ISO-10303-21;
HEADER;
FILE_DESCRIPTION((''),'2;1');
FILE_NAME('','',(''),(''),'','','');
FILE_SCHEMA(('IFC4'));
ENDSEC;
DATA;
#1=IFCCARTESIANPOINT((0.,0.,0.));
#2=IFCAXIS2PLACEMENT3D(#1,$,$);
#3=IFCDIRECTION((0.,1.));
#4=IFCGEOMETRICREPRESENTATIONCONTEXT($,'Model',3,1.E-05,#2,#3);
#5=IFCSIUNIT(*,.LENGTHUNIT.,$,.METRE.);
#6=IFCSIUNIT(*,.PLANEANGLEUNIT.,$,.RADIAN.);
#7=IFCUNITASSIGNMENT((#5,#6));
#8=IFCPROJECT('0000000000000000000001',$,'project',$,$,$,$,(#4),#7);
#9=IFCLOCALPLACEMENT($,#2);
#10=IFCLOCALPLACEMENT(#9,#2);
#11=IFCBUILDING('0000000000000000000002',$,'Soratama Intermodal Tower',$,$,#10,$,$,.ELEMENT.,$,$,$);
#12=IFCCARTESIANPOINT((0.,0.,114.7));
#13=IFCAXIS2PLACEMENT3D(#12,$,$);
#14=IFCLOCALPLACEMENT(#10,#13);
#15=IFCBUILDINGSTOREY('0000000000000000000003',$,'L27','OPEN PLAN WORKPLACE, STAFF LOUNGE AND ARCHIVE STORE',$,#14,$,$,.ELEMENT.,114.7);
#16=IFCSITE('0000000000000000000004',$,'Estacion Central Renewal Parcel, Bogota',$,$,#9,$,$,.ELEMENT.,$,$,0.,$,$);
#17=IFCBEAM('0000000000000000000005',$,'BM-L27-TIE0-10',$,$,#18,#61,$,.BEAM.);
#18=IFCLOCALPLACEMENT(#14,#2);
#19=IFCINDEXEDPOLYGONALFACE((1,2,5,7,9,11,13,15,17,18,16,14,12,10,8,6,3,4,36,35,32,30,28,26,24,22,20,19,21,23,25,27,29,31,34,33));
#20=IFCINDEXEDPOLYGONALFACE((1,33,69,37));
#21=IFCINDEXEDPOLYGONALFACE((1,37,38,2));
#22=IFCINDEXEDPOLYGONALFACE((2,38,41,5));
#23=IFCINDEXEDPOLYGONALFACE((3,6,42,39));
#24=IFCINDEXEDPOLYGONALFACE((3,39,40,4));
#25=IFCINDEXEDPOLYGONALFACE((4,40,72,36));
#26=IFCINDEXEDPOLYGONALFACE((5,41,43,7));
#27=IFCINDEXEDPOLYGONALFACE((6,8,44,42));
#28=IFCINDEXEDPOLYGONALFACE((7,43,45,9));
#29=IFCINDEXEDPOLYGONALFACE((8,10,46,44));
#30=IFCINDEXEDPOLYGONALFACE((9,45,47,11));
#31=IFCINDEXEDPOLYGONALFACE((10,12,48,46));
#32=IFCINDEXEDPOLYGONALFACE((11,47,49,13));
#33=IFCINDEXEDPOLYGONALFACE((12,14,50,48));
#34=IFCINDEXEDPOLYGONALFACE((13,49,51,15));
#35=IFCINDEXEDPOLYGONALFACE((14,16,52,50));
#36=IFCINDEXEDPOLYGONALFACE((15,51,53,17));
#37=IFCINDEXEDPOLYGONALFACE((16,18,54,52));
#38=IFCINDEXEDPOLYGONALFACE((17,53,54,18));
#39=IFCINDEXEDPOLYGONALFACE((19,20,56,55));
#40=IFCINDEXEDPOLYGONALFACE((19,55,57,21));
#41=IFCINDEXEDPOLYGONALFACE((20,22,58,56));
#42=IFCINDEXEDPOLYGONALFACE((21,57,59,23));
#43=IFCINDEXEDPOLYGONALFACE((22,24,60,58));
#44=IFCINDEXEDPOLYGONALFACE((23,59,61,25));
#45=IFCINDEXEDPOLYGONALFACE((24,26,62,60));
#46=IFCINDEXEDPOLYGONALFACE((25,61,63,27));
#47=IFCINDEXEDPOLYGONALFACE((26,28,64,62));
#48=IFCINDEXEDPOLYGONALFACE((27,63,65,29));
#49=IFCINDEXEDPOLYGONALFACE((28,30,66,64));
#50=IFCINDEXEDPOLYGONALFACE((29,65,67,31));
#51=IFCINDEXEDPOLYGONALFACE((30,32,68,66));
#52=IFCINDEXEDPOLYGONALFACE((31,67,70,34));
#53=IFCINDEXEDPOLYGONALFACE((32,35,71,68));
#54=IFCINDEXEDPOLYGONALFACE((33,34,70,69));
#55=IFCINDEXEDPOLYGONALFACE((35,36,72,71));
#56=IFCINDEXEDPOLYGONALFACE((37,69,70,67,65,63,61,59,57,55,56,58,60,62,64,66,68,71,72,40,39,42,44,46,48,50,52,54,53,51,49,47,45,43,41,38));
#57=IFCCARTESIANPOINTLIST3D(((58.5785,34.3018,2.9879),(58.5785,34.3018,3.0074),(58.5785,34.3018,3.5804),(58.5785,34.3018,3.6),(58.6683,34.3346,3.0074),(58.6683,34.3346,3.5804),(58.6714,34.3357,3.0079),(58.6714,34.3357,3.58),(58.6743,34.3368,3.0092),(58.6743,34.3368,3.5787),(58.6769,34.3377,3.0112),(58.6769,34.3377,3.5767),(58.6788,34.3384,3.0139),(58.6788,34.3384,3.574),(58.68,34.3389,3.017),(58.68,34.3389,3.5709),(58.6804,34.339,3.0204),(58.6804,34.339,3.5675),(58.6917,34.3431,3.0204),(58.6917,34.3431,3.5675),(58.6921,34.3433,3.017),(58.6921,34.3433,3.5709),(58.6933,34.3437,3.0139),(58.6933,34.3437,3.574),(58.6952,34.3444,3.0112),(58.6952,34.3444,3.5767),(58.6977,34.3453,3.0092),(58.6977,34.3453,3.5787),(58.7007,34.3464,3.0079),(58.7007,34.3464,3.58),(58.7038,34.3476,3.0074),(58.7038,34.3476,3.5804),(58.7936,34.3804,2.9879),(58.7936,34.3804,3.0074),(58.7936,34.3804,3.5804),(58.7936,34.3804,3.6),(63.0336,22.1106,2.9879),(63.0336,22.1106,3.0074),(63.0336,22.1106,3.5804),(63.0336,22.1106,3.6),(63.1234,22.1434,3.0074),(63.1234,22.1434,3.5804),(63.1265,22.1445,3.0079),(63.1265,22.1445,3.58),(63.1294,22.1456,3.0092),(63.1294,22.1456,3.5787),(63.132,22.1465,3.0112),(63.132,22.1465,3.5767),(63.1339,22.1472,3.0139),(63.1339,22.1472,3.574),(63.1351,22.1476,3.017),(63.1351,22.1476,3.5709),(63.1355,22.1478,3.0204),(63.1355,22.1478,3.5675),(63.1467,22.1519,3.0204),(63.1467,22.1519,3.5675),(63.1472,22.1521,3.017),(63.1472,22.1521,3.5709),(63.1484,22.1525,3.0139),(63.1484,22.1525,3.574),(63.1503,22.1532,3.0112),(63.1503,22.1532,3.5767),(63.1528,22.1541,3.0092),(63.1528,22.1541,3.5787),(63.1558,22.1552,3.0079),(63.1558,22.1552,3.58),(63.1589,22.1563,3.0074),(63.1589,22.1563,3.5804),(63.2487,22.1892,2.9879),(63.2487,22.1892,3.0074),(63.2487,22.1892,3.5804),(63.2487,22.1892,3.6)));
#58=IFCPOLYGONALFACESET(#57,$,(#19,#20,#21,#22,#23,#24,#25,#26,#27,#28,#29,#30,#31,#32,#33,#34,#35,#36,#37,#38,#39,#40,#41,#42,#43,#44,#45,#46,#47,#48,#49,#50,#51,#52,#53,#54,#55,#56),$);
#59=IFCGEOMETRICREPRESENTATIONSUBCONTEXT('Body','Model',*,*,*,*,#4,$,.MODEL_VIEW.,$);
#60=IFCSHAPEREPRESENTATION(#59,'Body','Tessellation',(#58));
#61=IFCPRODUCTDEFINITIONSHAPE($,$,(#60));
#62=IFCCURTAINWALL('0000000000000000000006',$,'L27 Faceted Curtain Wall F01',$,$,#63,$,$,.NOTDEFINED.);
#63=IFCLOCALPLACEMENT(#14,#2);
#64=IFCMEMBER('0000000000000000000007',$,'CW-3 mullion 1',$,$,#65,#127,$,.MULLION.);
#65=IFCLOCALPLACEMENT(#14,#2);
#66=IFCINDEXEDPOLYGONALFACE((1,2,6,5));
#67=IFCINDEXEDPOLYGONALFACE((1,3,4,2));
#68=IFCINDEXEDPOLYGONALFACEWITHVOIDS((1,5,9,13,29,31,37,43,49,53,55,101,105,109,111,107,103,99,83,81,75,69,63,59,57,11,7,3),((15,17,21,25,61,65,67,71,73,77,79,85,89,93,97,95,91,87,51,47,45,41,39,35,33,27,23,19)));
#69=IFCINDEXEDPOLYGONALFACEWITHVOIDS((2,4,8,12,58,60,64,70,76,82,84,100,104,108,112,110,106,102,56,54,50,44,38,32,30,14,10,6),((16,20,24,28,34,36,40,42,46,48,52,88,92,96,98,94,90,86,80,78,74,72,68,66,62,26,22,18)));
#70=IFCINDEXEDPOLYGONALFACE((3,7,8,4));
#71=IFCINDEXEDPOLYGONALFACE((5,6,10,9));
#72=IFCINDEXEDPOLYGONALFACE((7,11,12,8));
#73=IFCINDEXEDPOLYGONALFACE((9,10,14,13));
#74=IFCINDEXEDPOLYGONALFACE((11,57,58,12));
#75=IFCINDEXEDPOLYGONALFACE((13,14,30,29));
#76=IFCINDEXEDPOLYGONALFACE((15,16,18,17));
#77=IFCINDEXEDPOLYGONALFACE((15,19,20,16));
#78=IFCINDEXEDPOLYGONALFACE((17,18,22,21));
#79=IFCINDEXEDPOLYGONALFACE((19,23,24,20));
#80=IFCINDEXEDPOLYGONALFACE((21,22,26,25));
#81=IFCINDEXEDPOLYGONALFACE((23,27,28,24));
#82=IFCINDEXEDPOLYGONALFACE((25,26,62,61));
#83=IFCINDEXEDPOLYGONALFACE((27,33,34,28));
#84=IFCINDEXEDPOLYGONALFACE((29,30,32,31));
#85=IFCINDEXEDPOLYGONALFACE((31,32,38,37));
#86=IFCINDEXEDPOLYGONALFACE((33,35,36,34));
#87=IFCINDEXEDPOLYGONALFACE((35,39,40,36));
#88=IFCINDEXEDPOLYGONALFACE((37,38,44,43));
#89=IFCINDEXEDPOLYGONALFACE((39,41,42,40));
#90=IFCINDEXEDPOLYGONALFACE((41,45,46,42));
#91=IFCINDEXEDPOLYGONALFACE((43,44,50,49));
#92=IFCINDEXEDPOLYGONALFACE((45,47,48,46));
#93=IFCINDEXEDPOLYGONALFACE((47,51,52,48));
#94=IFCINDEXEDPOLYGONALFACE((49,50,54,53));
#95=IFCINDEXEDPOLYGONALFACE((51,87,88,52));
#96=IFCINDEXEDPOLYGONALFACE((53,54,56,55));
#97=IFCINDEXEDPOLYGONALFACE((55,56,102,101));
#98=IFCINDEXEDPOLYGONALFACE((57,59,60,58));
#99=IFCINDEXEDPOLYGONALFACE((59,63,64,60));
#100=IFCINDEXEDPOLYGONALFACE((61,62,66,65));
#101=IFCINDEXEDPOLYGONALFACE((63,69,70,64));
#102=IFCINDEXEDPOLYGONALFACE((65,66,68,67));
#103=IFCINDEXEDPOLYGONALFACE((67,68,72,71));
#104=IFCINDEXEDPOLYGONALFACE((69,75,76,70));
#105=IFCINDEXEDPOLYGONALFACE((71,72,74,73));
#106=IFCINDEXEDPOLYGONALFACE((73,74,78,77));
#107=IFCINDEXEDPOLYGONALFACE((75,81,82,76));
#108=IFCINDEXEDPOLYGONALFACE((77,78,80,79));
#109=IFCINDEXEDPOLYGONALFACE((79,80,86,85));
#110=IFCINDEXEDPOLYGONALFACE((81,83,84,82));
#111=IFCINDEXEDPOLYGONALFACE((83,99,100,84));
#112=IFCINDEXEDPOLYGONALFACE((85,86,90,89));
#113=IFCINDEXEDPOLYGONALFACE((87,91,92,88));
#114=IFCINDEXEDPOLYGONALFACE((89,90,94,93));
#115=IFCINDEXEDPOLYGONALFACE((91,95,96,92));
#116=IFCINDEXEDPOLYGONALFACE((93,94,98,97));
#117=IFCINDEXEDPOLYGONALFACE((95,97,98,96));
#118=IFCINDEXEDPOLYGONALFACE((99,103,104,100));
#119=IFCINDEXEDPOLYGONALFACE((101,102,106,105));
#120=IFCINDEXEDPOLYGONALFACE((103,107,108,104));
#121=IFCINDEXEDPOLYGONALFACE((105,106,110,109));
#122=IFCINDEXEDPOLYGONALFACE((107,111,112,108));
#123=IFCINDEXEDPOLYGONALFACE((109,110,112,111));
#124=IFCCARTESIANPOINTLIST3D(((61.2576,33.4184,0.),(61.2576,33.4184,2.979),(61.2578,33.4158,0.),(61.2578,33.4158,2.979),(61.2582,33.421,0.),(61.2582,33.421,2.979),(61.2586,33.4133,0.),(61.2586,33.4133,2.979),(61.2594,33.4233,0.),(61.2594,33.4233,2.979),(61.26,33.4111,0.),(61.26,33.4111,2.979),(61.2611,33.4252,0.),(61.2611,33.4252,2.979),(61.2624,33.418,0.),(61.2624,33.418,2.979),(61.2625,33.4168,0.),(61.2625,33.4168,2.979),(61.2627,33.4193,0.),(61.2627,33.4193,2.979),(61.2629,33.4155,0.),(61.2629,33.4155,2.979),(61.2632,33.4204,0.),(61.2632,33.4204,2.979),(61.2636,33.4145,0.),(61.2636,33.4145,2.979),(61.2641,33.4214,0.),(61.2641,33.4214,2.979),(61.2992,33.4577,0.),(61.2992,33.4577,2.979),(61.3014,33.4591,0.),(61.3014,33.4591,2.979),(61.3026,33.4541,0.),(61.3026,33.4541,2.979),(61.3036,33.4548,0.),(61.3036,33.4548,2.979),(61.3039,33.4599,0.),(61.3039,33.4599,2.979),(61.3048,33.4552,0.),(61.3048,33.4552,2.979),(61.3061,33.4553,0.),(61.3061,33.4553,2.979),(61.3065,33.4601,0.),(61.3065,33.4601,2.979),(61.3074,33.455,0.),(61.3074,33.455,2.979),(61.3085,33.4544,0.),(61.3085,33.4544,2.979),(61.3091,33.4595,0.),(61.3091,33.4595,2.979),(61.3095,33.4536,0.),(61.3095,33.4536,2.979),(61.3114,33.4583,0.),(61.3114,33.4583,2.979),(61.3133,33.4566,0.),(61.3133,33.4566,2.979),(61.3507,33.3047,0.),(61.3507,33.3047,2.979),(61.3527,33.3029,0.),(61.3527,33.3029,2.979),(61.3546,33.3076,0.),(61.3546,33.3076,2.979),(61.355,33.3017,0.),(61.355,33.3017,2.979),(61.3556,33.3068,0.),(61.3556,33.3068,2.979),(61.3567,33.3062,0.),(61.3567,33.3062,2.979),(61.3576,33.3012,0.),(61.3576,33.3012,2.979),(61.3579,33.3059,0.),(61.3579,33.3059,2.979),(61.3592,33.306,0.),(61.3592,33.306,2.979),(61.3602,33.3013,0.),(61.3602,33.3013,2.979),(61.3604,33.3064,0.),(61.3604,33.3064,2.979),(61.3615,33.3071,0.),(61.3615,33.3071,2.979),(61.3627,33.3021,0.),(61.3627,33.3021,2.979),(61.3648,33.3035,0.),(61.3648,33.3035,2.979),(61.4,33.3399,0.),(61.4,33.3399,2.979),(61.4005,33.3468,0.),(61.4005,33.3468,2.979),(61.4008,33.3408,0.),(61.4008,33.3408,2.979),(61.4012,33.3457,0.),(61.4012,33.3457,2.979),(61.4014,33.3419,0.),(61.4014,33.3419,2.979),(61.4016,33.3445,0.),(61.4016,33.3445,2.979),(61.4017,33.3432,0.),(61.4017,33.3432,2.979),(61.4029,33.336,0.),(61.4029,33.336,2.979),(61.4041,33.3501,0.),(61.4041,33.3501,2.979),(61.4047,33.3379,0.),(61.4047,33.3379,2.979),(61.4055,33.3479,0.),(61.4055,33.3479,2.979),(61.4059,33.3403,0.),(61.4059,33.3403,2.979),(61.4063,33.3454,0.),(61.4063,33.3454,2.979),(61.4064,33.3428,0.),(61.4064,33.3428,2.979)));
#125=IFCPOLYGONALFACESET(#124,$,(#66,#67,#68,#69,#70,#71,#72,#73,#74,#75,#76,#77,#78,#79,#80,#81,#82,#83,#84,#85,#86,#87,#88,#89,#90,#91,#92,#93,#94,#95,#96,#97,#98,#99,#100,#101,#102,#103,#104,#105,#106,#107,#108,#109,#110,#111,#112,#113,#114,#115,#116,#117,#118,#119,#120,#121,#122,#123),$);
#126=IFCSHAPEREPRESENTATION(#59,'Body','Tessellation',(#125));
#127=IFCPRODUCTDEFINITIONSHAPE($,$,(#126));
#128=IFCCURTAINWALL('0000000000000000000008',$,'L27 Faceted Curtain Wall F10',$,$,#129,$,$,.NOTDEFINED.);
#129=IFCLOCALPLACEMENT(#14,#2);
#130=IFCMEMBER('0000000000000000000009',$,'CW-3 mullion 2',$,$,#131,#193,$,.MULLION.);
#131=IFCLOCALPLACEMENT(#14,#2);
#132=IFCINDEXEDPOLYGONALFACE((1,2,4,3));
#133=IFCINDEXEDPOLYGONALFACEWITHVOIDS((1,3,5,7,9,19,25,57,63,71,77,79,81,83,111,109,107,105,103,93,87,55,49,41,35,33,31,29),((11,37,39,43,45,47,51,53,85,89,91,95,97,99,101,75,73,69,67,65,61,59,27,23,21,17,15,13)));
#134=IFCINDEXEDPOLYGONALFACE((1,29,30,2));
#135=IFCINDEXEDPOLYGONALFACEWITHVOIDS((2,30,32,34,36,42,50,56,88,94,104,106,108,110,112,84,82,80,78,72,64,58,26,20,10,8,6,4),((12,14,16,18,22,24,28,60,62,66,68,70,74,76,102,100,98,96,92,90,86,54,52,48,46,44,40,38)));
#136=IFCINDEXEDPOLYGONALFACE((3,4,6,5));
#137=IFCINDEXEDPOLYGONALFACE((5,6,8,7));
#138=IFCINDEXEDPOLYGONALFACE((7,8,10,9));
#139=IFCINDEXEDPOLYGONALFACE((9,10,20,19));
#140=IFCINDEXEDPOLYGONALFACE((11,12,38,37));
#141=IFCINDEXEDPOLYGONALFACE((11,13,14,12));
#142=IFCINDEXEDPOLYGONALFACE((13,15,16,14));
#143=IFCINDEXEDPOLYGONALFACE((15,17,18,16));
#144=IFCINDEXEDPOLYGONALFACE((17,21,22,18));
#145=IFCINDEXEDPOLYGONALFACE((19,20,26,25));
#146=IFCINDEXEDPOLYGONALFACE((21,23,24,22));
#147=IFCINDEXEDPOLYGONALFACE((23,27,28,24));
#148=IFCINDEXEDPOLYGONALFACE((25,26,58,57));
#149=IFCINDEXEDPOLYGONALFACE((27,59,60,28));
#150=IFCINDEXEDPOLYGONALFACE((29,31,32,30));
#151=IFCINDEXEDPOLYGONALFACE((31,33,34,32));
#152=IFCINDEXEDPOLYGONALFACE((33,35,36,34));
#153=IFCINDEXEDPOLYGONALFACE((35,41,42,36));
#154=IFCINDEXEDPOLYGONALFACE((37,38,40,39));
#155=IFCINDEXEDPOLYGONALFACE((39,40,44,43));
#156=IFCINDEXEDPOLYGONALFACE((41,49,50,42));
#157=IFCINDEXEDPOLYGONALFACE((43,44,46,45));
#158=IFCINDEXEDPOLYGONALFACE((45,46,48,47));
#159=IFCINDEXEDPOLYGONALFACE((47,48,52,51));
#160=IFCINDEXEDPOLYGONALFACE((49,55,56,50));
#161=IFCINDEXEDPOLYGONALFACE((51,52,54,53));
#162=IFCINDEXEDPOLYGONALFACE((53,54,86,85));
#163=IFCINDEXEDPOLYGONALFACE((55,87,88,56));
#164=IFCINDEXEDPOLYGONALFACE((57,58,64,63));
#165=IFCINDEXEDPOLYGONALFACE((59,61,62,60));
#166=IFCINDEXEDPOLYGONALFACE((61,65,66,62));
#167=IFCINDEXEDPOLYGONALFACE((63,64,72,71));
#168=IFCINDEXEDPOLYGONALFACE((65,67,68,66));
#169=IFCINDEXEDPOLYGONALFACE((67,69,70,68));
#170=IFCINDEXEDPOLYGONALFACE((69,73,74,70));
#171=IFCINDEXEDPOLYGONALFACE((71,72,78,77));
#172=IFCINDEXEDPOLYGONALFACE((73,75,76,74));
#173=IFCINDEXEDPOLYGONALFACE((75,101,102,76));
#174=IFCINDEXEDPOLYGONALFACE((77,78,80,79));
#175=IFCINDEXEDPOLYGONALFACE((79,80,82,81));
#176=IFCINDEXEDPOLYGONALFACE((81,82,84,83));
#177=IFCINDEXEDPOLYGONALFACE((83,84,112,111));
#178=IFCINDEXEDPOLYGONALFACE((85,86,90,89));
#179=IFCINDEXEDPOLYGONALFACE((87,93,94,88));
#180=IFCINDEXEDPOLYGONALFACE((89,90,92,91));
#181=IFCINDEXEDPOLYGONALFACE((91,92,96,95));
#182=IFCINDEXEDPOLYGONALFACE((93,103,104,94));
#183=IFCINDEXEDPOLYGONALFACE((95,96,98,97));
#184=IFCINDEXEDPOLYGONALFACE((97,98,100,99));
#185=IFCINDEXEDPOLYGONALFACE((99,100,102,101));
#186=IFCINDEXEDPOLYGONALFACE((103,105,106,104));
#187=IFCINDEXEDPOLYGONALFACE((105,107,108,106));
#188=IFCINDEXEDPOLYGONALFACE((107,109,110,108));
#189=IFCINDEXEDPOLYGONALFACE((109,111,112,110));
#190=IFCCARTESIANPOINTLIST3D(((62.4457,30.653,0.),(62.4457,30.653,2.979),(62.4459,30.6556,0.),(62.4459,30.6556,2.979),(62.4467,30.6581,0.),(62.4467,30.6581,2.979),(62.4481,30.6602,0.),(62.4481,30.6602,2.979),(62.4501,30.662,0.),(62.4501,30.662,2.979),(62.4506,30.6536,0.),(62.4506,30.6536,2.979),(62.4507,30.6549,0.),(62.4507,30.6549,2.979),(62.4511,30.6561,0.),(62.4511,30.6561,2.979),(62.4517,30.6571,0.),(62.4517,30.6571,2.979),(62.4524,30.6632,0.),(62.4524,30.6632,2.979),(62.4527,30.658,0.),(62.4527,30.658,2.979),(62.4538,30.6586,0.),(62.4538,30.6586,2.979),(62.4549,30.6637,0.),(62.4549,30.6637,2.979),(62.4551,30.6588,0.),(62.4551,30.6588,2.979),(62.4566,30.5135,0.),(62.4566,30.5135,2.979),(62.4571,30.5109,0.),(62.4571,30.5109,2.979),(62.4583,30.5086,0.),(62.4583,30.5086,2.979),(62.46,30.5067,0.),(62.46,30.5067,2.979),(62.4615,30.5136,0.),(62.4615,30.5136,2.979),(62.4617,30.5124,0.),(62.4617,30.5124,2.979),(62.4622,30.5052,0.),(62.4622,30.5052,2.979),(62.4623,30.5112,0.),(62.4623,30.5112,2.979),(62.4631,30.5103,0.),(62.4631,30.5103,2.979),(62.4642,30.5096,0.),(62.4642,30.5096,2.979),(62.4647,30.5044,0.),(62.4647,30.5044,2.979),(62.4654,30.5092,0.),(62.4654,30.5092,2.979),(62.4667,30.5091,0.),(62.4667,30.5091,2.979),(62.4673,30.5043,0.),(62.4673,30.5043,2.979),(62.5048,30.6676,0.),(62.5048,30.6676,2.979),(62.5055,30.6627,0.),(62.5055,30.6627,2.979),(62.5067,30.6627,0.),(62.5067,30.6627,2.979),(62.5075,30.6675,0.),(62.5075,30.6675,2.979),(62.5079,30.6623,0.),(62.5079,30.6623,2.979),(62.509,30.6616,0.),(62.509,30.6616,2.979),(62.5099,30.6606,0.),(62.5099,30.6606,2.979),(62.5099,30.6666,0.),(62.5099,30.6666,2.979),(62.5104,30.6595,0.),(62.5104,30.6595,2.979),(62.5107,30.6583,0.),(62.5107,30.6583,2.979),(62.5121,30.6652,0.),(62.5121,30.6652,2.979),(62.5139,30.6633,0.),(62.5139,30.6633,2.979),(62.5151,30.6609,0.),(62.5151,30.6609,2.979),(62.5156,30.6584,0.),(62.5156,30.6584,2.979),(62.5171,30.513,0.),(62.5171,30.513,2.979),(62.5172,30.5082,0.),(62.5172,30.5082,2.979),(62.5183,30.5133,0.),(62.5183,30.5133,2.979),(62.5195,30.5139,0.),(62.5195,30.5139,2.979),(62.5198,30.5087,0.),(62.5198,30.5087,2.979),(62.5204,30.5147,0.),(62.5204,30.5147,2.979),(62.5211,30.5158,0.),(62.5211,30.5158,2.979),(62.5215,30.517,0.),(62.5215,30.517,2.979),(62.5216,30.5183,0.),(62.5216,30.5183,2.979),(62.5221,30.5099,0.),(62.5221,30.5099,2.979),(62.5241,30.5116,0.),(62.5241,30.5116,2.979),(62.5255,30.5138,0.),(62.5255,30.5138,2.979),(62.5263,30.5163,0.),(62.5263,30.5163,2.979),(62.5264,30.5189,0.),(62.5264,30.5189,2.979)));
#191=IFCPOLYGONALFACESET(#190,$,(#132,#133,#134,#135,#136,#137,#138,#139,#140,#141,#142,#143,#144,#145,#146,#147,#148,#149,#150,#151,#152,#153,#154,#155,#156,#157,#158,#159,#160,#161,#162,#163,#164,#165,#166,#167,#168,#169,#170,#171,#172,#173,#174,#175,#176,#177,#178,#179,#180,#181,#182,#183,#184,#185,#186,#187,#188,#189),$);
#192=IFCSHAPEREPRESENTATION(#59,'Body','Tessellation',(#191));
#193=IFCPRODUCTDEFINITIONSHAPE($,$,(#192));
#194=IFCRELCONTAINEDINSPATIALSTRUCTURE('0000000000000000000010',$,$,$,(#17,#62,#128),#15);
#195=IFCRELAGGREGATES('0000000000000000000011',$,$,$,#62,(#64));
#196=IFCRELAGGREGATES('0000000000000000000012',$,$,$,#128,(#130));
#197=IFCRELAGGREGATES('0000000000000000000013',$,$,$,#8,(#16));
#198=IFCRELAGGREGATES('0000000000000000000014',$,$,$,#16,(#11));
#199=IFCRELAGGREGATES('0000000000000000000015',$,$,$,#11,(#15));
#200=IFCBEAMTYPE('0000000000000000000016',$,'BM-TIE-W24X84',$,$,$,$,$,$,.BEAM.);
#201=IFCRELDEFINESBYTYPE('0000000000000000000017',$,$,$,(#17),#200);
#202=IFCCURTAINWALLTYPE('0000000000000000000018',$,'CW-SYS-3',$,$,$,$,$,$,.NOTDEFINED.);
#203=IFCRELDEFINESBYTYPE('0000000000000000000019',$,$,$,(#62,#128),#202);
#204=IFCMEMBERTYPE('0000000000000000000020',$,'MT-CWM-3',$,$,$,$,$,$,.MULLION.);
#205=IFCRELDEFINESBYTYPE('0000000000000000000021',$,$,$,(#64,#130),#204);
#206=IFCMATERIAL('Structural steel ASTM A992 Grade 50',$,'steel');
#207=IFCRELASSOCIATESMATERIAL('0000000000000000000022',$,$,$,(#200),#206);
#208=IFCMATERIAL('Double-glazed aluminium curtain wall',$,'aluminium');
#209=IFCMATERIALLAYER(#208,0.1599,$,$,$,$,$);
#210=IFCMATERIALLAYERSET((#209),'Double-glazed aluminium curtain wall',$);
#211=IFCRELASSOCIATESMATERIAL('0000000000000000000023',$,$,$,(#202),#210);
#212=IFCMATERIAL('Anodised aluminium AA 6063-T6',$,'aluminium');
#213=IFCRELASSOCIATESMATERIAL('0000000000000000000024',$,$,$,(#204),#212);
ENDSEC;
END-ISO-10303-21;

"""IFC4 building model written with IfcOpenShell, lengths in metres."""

from ifc_helpers import new_model, si_unit, direction, frame, origin, origin_2d, place, context, subcontext, project, spatial, hollow_rectangle, i_section, extrude, material, layer, layer_set, material_profile, profile_set, type_object, element, aggregate, save


model = new_model("IFC4")

# Units and contexts
model_context = context("Model", 3, precision=1e-05, world=origin(), true_north=direction((0.0, 1.0)))
body_context = subcontext(model_context, "Body", "Model", "MODEL_VIEW")
ifc_project = project(units=[si_unit("LENGTHUNIT", "METRE"), si_unit("PLANEANGLEUNIT", "RADIAN")], contexts=[model_context])

# Site, building, storey
site_placement = place(None, origin())
site = spatial("IfcSite", under=ifc_project, at=site_placement, Name="Estacion Central Renewal Parcel, Bogota", CompositionType="ELEMENT", RefElevation=0.0)
building_placement = place(site_placement, origin())
building = spatial("IfcBuilding", under=site, at=building_placement, Name="Soratama Intermodal Tower", CompositionType="ELEMENT")
storey_placement = place(building_placement, frame((0.0, 0.0, 114.7)))
storey = spatial("IfcBuildingStorey", under=building, at=storey_placement, Name="L27", Description="OPEN PLAN WORKPLACE, STAFF LOUNGE AND ARCHIVE STORE", CompositionType="ELEMENT", Elevation=114.7)

# Beam
ifc_material_1 = material(Name="Structural steel ASTM A992 Grade 50", Category="steel")
ifc_material_profile_1 = material_profile(ifc_material_1, i_section(OverallWidth=0.229, OverallDepth=0.6121, WebThickness=0.012, FlangeThickness=0.0195, FilletRadius=0.0129, at=origin_2d()), Name="W24X84")
ifc_profile_set_1 = profile_set([ifc_material_profile_1], Name="Structural steel ASTM A992 Grade 50")
beam_type_1 = type_object("IfcBeamType", Name="BM-TIE-W24X84", PredefinedType="BEAM", material=ifc_profile_set_1)
beam_1_placement = place(storey_placement, frame((58.686, 34.3411, 3.2939), z_axis=(0.343235, -0.93925, 0.0), x_axis=(0.93925, 0.343235, 0.0)))
element("IfcBeam", 1, at=beam_1_placement, inside=storey, type_object=beam_type_1, Name="BM-L27-TIE0-10", PredefinedType="BEAM", context=body_context, shape_type="SweptSolid", body=[
    extrude(i_section(OverallWidth=0.229, OverallDepth=0.6121, WebThickness=0.012, FlangeThickness=0.0195, FilletRadius=0.0129, at=origin_2d()), origin(), (0.0, 0.0, 1.0), 12.9797),
])

# Curtain walls, members
ifc_material_2 = material(Name="Double-glazed aluminium curtain wall", Category="aluminium")
ifc_layer_1 = layer(ifc_material_2, 0.1599)
ifc_layer_set_1 = layer_set([ifc_layer_1], Name="Double-glazed aluminium curtain wall")
curtain_wall_type = type_object("IfcCurtainWallType", Name="CW-SYS-3", PredefinedType="NOTDEFINED", material=ifc_layer_set_1)
curtain_wall_1_placement = place(storey_placement, origin())
curtain_wall_1 = element("IfcCurtainWall", 2, at=curtain_wall_1_placement, inside=storey, type_object=curtain_wall_type, Name="L27 Faceted Curtain Wall F01", PredefinedType="NOTDEFINED")
ifc_material_3 = material(Name="Anodised aluminium AA 6063-T6", Category="aluminium")
ifc_material_profile_2 = material_profile(ifc_material_3, hollow_rectangle(XDim=0.0701, YDim=0.1599, WallThickness=0.0049, InnerFilletRadius=0.0049, OuterFilletRadius=0.01, at=origin_2d()), Name="CWM160X70X5")
ifc_profile_set_2 = profile_set([ifc_material_profile_2], Name="Anodised aluminium AA 6063-T6")
member_type_1 = type_object("IfcMemberType", Name="MT-CWM-3", PredefinedType="MULLION", material=ifc_profile_set_2)
member_1_placement = place(storey_placement, frame((61.332, 33.3806, 0.0), z_axis=(0.0, 0.0, 1.0), x_axis=(-0.761088, -0.648649, 0.0)))
member_1 = element("IfcMember", 3, at=member_1_placement, type_object=member_type_1, Name="CW-3 mullion 1", PredefinedType="MULLION", context=body_context, shape_type="SweptSolid", body=[
    extrude(hollow_rectangle(XDim=0.0701, YDim=0.1599, WallThickness=0.0049, InnerFilletRadius=0.0049, OuterFilletRadius=0.01, at=origin_2d()), origin(), (0.0, 0.0, 1.0), 2.979),
])
curtain_wall_2_placement = place(storey_placement, origin())
curtain_wall_2 = element("IfcCurtainWall", 4, at=curtain_wall_2_placement, inside=storey, type_object=curtain_wall_type, Name="L27 Faceted Curtain Wall F10", PredefinedType="NOTDEFINED")
member_2_placement = place(storey_placement, frame((62.4861, 30.5859, 0.0), z_axis=(0.0, 0.0, 1.0), x_axis=(-0.996999, -0.077412, 0.0)))
member_2 = element("IfcMember", 5, at=member_2_placement, type_object=member_type_1, Name="CW-3 mullion 2", PredefinedType="MULLION", context=body_context, shape_type="SweptSolid", body=[
    extrude(hollow_rectangle(XDim=0.0701, YDim=0.1599, WallThickness=0.0049, InnerFilletRadius=0.0049, OuterFilletRadius=0.01, at=origin_2d()), origin(), (0.0, 0.0, 1.0), 2.979),
])

aggregate(curtain_wall_1, [member_1])

aggregate(curtain_wall_2, [member_2])

save(model, "model.ifc")
